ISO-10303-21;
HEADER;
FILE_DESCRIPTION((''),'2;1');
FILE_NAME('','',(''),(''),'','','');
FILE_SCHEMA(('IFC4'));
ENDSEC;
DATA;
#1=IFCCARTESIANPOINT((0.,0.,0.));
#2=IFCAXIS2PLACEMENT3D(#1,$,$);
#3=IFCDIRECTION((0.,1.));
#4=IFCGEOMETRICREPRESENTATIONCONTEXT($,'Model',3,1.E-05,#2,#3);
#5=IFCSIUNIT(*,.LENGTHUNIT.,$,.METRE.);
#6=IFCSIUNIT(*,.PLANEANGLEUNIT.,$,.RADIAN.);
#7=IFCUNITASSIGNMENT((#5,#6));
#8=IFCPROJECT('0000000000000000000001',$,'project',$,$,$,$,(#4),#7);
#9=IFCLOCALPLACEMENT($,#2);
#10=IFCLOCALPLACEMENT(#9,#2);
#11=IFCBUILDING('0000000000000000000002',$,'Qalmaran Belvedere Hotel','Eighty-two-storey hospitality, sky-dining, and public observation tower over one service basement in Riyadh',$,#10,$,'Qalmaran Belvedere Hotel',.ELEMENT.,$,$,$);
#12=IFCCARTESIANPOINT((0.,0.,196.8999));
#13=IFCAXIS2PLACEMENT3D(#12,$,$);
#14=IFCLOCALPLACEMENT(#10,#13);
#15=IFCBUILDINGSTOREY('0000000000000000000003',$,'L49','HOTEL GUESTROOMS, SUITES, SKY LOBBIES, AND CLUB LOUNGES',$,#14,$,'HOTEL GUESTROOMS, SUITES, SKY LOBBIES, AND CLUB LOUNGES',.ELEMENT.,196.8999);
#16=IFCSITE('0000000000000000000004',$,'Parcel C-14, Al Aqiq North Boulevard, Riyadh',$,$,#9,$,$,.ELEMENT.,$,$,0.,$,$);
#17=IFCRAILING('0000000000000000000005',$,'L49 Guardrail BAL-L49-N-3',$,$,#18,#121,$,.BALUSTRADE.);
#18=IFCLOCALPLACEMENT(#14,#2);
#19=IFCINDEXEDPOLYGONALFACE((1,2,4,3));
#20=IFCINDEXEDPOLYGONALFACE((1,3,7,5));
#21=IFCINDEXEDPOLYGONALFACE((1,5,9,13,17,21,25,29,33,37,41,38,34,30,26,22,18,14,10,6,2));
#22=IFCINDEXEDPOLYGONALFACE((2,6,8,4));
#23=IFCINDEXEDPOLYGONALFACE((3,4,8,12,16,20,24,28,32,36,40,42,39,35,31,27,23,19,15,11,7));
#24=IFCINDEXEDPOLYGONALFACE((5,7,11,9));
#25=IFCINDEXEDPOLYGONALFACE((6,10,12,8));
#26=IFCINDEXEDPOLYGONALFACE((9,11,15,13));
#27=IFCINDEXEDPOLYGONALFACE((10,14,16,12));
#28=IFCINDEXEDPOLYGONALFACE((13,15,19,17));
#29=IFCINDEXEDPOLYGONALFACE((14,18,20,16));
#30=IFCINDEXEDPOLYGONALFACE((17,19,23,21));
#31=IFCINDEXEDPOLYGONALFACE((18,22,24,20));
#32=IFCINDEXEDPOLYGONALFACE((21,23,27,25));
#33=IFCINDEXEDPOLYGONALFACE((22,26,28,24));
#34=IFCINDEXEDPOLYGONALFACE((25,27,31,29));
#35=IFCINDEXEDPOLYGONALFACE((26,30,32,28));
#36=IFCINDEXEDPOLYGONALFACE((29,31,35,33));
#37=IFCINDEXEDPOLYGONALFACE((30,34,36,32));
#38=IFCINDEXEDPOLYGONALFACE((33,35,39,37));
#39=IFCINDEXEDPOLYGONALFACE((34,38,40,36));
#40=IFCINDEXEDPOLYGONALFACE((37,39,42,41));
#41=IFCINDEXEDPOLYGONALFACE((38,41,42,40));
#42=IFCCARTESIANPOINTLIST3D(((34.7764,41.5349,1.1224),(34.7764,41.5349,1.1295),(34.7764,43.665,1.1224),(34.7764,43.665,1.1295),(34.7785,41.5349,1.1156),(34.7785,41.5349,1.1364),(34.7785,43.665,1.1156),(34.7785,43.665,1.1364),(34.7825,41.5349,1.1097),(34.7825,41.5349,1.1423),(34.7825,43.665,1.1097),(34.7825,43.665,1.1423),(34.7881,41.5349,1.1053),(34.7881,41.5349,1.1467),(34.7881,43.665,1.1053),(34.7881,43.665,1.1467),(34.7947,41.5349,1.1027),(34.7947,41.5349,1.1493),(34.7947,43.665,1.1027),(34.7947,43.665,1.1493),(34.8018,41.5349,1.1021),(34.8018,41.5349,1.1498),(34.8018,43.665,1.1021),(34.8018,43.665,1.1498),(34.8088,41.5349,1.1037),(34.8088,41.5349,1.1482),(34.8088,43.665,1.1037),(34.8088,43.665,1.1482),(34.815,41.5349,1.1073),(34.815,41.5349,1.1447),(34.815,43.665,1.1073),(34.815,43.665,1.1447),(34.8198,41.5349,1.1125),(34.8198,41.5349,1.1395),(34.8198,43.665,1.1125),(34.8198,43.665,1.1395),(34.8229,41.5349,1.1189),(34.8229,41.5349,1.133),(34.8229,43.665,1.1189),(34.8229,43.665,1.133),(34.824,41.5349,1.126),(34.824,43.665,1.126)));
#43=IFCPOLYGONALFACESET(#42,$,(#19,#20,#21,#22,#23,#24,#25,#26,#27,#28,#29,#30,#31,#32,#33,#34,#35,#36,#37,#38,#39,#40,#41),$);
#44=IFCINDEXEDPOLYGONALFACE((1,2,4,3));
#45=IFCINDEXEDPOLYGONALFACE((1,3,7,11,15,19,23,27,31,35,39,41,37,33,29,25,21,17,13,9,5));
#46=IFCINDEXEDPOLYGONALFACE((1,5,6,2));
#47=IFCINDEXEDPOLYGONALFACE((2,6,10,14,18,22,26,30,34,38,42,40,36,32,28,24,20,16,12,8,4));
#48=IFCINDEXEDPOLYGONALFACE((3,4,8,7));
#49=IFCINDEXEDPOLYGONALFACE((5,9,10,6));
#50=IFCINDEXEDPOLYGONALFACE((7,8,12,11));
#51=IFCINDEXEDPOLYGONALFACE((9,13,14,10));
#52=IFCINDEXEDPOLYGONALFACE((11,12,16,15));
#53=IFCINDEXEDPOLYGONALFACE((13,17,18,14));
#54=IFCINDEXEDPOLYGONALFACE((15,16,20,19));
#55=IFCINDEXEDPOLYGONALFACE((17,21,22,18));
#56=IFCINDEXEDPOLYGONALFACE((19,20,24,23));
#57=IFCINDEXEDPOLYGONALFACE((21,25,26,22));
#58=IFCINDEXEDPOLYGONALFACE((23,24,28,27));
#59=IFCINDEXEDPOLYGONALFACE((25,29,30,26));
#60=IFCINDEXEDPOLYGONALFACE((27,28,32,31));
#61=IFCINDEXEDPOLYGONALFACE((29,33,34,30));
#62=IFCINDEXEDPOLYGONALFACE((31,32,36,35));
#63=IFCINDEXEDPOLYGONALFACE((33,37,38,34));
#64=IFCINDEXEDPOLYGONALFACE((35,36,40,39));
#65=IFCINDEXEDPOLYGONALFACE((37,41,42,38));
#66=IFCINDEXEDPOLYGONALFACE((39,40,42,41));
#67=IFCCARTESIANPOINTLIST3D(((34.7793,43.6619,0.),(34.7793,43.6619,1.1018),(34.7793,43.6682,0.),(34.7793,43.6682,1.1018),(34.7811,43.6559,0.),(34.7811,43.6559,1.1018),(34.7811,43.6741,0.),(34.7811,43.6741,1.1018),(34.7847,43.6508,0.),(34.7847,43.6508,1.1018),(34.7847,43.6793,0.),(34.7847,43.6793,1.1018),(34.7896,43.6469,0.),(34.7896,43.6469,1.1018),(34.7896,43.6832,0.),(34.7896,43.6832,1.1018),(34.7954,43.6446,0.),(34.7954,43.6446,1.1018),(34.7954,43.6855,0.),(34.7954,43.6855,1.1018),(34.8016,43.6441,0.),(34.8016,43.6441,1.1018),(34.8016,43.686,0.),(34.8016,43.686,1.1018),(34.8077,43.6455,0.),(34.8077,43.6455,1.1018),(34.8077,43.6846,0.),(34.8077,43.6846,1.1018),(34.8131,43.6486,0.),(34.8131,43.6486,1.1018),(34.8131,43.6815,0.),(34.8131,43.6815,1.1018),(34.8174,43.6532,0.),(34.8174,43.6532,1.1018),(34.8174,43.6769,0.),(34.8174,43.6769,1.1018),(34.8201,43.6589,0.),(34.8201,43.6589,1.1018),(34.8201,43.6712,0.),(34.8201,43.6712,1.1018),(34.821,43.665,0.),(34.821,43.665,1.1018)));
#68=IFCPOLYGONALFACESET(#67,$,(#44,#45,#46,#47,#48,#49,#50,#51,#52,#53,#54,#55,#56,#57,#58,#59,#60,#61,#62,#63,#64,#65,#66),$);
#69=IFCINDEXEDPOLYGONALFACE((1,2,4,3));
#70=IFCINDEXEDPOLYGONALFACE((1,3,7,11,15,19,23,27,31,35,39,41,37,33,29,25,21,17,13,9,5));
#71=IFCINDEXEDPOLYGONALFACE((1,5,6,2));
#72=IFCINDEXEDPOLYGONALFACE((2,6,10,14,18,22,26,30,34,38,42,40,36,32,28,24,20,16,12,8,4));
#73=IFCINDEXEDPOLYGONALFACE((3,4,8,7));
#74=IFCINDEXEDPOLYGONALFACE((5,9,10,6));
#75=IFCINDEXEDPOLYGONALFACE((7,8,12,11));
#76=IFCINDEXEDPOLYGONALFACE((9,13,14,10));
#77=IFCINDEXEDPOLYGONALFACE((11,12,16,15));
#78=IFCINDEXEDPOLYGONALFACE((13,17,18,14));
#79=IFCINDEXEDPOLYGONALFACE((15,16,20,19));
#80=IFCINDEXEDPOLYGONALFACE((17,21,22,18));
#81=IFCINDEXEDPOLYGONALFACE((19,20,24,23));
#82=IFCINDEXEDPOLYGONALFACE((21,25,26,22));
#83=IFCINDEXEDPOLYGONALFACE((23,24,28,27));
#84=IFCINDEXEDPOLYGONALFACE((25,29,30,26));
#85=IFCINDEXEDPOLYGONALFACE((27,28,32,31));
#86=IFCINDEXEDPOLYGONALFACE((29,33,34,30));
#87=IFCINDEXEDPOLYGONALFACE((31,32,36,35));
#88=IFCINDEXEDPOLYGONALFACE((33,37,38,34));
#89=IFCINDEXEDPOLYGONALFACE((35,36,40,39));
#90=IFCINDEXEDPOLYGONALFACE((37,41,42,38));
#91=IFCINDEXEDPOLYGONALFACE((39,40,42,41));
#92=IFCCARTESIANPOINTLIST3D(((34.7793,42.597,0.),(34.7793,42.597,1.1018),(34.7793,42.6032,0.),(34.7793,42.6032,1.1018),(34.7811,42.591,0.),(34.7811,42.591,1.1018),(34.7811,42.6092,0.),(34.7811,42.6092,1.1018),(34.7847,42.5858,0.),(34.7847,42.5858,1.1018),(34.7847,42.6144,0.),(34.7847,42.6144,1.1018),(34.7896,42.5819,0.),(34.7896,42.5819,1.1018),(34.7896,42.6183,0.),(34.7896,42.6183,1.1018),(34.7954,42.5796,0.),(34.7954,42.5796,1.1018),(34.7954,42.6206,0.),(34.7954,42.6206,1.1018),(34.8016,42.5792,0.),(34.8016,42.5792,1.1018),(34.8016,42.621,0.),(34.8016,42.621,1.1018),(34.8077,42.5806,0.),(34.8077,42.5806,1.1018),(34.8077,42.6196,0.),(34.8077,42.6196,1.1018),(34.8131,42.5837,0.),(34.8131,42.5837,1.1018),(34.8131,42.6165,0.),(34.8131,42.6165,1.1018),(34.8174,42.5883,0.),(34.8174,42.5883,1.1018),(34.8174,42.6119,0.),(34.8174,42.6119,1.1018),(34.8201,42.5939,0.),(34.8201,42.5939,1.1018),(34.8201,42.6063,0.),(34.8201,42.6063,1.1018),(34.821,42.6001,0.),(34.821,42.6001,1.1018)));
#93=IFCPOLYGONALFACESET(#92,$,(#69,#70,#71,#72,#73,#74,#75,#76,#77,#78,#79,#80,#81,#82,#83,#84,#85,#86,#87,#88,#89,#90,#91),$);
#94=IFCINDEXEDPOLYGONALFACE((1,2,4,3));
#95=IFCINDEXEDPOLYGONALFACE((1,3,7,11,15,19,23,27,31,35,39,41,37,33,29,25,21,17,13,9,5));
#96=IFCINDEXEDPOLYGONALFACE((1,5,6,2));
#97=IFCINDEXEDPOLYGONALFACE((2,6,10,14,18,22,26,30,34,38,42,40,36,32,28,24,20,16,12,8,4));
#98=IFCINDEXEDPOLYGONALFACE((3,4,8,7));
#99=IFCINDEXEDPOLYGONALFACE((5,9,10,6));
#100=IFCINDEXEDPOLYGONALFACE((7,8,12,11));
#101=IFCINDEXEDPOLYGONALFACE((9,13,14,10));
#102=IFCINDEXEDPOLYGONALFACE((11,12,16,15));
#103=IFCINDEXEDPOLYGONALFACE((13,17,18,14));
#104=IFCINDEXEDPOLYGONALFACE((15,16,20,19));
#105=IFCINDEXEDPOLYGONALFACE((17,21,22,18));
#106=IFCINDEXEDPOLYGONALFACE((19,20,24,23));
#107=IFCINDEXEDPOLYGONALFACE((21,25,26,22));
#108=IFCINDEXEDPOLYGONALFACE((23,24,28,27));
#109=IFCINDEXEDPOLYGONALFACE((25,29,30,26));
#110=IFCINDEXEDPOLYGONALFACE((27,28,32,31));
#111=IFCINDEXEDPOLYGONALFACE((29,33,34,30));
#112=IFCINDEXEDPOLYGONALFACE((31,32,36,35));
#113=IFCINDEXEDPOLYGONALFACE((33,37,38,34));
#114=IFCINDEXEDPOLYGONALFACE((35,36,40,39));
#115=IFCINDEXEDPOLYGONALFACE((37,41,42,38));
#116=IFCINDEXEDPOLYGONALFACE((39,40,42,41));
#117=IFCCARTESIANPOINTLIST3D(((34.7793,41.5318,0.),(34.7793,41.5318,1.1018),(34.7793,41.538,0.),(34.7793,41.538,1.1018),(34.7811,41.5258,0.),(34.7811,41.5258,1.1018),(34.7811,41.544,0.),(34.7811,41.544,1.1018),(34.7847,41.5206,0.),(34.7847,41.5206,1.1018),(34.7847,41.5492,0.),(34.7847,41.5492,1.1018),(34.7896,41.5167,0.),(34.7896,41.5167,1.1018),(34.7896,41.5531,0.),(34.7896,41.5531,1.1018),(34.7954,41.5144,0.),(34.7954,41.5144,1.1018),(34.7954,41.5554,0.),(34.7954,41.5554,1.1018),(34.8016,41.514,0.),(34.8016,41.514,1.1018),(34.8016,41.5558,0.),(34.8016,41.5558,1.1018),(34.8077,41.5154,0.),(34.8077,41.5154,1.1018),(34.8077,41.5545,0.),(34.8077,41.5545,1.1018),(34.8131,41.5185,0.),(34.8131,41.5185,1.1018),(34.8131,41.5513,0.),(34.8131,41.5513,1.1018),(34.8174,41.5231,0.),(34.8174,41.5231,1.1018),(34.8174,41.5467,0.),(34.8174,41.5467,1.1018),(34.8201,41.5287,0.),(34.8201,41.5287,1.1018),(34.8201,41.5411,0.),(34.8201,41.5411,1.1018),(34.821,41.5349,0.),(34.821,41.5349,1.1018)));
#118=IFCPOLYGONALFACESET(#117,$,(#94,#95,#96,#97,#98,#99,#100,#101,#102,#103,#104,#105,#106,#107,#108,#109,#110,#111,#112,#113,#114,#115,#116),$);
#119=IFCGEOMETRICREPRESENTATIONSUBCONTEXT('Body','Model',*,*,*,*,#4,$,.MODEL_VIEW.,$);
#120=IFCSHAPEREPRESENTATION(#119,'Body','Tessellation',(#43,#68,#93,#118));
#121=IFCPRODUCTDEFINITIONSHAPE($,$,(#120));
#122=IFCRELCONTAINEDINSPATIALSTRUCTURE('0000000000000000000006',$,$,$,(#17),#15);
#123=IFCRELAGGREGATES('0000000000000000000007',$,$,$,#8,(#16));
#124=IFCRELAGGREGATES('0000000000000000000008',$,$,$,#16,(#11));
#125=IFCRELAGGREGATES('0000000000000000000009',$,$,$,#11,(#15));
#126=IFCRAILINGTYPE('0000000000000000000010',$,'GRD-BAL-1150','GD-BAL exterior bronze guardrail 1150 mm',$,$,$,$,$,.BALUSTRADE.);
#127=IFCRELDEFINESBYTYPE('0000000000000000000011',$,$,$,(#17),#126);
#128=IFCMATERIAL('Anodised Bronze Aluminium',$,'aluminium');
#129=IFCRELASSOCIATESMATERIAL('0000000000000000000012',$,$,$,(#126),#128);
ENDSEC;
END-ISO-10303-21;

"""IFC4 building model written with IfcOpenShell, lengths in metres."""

from ifc_helpers import new_model, si_unit, direction, frame, origin, origin_2d, place, context, subcontext, project, spatial, circle, extrude, material, type_object, element, save


model = new_model("IFC4")

# Units and contexts
model_context = context("Model", 3, precision=1e-05, world=origin(), true_north=direction((0.0, 1.0)))
body_context = subcontext(model_context, "Body", "Model", "MODEL_VIEW")
ifc_project = project(units=[si_unit("LENGTHUNIT", "METRE"), si_unit("PLANEANGLEUNIT", "RADIAN")], contexts=[model_context])

# Site, building, storey
site_placement = place(None, origin())
site = spatial("IfcSite", under=ifc_project, at=site_placement, Name="Parcel C-14, Al Aqiq North Boulevard, Riyadh", CompositionType="ELEMENT", RefElevation=0.0)
building_placement = place(site_placement, origin())
building = spatial("IfcBuilding", under=site, at=building_placement, Name="Qalmaran Belvedere Hotel", Description="Eighty-two-storey hospitality, sky-dining, and public observation tower over one service basement in Riyadh", LongName="Qalmaran Belvedere Hotel", CompositionType="ELEMENT")
storey_placement = place(building_placement, frame((0.0, 0.0, 196.8999)))
storey = spatial("IfcBuildingStorey", under=building, at=storey_placement, Name="L49", Description="HOTEL GUESTROOMS, SUITES, SKY LOBBIES, AND CLUB LOUNGES", LongName="HOTEL GUESTROOMS, SUITES, SKY LOBBIES, AND CLUB LOUNGES", CompositionType="ELEMENT", Elevation=196.8999)

# Shared definitions
ifc_material_1 = material(Name="Anodised Bronze Aluminium", Category="aluminium")

# Railing
railing_type = type_object("IfcRailingType", Name="GRD-BAL-1150", Description="GD-BAL exterior bronze guardrail 1150 mm", PredefinedType="BALUSTRADE", material=ifc_material_1)
railing_1_placement = place(storey_placement, frame((34.8, 43.665, 0.0)))
element("IfcRailing", 1, at=railing_1_placement, inside=storey, type_object=railing_type, Name="L49 Guardrail BAL-L49-N-3", PredefinedType="BALUSTRADE", context=body_context, shape_type="SweptSolid", body=[
    extrude(circle(Radius=0.0239, at=origin_2d()), frame((0.0, 0.0, 1.126), z_axis=(0.0, -1.0, 0.0), x_axis=(1.0, 0.0, 0.0)), (0.0, 0.0, 1.0), 2.1301),
    extrude(circle(Radius=0.021, at=origin_2d()), origin(), (0.0, 0.0, 1.0), 1.1018),
    extrude(circle(Radius=0.021, at=origin_2d()), frame((0.0, -1.0649, 0.0)), (0.0, 0.0, 1.0), 1.1018),
    extrude(circle(Radius=0.021, at=origin_2d()), frame((0.0, -2.1301, 0.0)), (0.0, 0.0, 1.0), 1.1018),
])

save(model, "model.ifc")
